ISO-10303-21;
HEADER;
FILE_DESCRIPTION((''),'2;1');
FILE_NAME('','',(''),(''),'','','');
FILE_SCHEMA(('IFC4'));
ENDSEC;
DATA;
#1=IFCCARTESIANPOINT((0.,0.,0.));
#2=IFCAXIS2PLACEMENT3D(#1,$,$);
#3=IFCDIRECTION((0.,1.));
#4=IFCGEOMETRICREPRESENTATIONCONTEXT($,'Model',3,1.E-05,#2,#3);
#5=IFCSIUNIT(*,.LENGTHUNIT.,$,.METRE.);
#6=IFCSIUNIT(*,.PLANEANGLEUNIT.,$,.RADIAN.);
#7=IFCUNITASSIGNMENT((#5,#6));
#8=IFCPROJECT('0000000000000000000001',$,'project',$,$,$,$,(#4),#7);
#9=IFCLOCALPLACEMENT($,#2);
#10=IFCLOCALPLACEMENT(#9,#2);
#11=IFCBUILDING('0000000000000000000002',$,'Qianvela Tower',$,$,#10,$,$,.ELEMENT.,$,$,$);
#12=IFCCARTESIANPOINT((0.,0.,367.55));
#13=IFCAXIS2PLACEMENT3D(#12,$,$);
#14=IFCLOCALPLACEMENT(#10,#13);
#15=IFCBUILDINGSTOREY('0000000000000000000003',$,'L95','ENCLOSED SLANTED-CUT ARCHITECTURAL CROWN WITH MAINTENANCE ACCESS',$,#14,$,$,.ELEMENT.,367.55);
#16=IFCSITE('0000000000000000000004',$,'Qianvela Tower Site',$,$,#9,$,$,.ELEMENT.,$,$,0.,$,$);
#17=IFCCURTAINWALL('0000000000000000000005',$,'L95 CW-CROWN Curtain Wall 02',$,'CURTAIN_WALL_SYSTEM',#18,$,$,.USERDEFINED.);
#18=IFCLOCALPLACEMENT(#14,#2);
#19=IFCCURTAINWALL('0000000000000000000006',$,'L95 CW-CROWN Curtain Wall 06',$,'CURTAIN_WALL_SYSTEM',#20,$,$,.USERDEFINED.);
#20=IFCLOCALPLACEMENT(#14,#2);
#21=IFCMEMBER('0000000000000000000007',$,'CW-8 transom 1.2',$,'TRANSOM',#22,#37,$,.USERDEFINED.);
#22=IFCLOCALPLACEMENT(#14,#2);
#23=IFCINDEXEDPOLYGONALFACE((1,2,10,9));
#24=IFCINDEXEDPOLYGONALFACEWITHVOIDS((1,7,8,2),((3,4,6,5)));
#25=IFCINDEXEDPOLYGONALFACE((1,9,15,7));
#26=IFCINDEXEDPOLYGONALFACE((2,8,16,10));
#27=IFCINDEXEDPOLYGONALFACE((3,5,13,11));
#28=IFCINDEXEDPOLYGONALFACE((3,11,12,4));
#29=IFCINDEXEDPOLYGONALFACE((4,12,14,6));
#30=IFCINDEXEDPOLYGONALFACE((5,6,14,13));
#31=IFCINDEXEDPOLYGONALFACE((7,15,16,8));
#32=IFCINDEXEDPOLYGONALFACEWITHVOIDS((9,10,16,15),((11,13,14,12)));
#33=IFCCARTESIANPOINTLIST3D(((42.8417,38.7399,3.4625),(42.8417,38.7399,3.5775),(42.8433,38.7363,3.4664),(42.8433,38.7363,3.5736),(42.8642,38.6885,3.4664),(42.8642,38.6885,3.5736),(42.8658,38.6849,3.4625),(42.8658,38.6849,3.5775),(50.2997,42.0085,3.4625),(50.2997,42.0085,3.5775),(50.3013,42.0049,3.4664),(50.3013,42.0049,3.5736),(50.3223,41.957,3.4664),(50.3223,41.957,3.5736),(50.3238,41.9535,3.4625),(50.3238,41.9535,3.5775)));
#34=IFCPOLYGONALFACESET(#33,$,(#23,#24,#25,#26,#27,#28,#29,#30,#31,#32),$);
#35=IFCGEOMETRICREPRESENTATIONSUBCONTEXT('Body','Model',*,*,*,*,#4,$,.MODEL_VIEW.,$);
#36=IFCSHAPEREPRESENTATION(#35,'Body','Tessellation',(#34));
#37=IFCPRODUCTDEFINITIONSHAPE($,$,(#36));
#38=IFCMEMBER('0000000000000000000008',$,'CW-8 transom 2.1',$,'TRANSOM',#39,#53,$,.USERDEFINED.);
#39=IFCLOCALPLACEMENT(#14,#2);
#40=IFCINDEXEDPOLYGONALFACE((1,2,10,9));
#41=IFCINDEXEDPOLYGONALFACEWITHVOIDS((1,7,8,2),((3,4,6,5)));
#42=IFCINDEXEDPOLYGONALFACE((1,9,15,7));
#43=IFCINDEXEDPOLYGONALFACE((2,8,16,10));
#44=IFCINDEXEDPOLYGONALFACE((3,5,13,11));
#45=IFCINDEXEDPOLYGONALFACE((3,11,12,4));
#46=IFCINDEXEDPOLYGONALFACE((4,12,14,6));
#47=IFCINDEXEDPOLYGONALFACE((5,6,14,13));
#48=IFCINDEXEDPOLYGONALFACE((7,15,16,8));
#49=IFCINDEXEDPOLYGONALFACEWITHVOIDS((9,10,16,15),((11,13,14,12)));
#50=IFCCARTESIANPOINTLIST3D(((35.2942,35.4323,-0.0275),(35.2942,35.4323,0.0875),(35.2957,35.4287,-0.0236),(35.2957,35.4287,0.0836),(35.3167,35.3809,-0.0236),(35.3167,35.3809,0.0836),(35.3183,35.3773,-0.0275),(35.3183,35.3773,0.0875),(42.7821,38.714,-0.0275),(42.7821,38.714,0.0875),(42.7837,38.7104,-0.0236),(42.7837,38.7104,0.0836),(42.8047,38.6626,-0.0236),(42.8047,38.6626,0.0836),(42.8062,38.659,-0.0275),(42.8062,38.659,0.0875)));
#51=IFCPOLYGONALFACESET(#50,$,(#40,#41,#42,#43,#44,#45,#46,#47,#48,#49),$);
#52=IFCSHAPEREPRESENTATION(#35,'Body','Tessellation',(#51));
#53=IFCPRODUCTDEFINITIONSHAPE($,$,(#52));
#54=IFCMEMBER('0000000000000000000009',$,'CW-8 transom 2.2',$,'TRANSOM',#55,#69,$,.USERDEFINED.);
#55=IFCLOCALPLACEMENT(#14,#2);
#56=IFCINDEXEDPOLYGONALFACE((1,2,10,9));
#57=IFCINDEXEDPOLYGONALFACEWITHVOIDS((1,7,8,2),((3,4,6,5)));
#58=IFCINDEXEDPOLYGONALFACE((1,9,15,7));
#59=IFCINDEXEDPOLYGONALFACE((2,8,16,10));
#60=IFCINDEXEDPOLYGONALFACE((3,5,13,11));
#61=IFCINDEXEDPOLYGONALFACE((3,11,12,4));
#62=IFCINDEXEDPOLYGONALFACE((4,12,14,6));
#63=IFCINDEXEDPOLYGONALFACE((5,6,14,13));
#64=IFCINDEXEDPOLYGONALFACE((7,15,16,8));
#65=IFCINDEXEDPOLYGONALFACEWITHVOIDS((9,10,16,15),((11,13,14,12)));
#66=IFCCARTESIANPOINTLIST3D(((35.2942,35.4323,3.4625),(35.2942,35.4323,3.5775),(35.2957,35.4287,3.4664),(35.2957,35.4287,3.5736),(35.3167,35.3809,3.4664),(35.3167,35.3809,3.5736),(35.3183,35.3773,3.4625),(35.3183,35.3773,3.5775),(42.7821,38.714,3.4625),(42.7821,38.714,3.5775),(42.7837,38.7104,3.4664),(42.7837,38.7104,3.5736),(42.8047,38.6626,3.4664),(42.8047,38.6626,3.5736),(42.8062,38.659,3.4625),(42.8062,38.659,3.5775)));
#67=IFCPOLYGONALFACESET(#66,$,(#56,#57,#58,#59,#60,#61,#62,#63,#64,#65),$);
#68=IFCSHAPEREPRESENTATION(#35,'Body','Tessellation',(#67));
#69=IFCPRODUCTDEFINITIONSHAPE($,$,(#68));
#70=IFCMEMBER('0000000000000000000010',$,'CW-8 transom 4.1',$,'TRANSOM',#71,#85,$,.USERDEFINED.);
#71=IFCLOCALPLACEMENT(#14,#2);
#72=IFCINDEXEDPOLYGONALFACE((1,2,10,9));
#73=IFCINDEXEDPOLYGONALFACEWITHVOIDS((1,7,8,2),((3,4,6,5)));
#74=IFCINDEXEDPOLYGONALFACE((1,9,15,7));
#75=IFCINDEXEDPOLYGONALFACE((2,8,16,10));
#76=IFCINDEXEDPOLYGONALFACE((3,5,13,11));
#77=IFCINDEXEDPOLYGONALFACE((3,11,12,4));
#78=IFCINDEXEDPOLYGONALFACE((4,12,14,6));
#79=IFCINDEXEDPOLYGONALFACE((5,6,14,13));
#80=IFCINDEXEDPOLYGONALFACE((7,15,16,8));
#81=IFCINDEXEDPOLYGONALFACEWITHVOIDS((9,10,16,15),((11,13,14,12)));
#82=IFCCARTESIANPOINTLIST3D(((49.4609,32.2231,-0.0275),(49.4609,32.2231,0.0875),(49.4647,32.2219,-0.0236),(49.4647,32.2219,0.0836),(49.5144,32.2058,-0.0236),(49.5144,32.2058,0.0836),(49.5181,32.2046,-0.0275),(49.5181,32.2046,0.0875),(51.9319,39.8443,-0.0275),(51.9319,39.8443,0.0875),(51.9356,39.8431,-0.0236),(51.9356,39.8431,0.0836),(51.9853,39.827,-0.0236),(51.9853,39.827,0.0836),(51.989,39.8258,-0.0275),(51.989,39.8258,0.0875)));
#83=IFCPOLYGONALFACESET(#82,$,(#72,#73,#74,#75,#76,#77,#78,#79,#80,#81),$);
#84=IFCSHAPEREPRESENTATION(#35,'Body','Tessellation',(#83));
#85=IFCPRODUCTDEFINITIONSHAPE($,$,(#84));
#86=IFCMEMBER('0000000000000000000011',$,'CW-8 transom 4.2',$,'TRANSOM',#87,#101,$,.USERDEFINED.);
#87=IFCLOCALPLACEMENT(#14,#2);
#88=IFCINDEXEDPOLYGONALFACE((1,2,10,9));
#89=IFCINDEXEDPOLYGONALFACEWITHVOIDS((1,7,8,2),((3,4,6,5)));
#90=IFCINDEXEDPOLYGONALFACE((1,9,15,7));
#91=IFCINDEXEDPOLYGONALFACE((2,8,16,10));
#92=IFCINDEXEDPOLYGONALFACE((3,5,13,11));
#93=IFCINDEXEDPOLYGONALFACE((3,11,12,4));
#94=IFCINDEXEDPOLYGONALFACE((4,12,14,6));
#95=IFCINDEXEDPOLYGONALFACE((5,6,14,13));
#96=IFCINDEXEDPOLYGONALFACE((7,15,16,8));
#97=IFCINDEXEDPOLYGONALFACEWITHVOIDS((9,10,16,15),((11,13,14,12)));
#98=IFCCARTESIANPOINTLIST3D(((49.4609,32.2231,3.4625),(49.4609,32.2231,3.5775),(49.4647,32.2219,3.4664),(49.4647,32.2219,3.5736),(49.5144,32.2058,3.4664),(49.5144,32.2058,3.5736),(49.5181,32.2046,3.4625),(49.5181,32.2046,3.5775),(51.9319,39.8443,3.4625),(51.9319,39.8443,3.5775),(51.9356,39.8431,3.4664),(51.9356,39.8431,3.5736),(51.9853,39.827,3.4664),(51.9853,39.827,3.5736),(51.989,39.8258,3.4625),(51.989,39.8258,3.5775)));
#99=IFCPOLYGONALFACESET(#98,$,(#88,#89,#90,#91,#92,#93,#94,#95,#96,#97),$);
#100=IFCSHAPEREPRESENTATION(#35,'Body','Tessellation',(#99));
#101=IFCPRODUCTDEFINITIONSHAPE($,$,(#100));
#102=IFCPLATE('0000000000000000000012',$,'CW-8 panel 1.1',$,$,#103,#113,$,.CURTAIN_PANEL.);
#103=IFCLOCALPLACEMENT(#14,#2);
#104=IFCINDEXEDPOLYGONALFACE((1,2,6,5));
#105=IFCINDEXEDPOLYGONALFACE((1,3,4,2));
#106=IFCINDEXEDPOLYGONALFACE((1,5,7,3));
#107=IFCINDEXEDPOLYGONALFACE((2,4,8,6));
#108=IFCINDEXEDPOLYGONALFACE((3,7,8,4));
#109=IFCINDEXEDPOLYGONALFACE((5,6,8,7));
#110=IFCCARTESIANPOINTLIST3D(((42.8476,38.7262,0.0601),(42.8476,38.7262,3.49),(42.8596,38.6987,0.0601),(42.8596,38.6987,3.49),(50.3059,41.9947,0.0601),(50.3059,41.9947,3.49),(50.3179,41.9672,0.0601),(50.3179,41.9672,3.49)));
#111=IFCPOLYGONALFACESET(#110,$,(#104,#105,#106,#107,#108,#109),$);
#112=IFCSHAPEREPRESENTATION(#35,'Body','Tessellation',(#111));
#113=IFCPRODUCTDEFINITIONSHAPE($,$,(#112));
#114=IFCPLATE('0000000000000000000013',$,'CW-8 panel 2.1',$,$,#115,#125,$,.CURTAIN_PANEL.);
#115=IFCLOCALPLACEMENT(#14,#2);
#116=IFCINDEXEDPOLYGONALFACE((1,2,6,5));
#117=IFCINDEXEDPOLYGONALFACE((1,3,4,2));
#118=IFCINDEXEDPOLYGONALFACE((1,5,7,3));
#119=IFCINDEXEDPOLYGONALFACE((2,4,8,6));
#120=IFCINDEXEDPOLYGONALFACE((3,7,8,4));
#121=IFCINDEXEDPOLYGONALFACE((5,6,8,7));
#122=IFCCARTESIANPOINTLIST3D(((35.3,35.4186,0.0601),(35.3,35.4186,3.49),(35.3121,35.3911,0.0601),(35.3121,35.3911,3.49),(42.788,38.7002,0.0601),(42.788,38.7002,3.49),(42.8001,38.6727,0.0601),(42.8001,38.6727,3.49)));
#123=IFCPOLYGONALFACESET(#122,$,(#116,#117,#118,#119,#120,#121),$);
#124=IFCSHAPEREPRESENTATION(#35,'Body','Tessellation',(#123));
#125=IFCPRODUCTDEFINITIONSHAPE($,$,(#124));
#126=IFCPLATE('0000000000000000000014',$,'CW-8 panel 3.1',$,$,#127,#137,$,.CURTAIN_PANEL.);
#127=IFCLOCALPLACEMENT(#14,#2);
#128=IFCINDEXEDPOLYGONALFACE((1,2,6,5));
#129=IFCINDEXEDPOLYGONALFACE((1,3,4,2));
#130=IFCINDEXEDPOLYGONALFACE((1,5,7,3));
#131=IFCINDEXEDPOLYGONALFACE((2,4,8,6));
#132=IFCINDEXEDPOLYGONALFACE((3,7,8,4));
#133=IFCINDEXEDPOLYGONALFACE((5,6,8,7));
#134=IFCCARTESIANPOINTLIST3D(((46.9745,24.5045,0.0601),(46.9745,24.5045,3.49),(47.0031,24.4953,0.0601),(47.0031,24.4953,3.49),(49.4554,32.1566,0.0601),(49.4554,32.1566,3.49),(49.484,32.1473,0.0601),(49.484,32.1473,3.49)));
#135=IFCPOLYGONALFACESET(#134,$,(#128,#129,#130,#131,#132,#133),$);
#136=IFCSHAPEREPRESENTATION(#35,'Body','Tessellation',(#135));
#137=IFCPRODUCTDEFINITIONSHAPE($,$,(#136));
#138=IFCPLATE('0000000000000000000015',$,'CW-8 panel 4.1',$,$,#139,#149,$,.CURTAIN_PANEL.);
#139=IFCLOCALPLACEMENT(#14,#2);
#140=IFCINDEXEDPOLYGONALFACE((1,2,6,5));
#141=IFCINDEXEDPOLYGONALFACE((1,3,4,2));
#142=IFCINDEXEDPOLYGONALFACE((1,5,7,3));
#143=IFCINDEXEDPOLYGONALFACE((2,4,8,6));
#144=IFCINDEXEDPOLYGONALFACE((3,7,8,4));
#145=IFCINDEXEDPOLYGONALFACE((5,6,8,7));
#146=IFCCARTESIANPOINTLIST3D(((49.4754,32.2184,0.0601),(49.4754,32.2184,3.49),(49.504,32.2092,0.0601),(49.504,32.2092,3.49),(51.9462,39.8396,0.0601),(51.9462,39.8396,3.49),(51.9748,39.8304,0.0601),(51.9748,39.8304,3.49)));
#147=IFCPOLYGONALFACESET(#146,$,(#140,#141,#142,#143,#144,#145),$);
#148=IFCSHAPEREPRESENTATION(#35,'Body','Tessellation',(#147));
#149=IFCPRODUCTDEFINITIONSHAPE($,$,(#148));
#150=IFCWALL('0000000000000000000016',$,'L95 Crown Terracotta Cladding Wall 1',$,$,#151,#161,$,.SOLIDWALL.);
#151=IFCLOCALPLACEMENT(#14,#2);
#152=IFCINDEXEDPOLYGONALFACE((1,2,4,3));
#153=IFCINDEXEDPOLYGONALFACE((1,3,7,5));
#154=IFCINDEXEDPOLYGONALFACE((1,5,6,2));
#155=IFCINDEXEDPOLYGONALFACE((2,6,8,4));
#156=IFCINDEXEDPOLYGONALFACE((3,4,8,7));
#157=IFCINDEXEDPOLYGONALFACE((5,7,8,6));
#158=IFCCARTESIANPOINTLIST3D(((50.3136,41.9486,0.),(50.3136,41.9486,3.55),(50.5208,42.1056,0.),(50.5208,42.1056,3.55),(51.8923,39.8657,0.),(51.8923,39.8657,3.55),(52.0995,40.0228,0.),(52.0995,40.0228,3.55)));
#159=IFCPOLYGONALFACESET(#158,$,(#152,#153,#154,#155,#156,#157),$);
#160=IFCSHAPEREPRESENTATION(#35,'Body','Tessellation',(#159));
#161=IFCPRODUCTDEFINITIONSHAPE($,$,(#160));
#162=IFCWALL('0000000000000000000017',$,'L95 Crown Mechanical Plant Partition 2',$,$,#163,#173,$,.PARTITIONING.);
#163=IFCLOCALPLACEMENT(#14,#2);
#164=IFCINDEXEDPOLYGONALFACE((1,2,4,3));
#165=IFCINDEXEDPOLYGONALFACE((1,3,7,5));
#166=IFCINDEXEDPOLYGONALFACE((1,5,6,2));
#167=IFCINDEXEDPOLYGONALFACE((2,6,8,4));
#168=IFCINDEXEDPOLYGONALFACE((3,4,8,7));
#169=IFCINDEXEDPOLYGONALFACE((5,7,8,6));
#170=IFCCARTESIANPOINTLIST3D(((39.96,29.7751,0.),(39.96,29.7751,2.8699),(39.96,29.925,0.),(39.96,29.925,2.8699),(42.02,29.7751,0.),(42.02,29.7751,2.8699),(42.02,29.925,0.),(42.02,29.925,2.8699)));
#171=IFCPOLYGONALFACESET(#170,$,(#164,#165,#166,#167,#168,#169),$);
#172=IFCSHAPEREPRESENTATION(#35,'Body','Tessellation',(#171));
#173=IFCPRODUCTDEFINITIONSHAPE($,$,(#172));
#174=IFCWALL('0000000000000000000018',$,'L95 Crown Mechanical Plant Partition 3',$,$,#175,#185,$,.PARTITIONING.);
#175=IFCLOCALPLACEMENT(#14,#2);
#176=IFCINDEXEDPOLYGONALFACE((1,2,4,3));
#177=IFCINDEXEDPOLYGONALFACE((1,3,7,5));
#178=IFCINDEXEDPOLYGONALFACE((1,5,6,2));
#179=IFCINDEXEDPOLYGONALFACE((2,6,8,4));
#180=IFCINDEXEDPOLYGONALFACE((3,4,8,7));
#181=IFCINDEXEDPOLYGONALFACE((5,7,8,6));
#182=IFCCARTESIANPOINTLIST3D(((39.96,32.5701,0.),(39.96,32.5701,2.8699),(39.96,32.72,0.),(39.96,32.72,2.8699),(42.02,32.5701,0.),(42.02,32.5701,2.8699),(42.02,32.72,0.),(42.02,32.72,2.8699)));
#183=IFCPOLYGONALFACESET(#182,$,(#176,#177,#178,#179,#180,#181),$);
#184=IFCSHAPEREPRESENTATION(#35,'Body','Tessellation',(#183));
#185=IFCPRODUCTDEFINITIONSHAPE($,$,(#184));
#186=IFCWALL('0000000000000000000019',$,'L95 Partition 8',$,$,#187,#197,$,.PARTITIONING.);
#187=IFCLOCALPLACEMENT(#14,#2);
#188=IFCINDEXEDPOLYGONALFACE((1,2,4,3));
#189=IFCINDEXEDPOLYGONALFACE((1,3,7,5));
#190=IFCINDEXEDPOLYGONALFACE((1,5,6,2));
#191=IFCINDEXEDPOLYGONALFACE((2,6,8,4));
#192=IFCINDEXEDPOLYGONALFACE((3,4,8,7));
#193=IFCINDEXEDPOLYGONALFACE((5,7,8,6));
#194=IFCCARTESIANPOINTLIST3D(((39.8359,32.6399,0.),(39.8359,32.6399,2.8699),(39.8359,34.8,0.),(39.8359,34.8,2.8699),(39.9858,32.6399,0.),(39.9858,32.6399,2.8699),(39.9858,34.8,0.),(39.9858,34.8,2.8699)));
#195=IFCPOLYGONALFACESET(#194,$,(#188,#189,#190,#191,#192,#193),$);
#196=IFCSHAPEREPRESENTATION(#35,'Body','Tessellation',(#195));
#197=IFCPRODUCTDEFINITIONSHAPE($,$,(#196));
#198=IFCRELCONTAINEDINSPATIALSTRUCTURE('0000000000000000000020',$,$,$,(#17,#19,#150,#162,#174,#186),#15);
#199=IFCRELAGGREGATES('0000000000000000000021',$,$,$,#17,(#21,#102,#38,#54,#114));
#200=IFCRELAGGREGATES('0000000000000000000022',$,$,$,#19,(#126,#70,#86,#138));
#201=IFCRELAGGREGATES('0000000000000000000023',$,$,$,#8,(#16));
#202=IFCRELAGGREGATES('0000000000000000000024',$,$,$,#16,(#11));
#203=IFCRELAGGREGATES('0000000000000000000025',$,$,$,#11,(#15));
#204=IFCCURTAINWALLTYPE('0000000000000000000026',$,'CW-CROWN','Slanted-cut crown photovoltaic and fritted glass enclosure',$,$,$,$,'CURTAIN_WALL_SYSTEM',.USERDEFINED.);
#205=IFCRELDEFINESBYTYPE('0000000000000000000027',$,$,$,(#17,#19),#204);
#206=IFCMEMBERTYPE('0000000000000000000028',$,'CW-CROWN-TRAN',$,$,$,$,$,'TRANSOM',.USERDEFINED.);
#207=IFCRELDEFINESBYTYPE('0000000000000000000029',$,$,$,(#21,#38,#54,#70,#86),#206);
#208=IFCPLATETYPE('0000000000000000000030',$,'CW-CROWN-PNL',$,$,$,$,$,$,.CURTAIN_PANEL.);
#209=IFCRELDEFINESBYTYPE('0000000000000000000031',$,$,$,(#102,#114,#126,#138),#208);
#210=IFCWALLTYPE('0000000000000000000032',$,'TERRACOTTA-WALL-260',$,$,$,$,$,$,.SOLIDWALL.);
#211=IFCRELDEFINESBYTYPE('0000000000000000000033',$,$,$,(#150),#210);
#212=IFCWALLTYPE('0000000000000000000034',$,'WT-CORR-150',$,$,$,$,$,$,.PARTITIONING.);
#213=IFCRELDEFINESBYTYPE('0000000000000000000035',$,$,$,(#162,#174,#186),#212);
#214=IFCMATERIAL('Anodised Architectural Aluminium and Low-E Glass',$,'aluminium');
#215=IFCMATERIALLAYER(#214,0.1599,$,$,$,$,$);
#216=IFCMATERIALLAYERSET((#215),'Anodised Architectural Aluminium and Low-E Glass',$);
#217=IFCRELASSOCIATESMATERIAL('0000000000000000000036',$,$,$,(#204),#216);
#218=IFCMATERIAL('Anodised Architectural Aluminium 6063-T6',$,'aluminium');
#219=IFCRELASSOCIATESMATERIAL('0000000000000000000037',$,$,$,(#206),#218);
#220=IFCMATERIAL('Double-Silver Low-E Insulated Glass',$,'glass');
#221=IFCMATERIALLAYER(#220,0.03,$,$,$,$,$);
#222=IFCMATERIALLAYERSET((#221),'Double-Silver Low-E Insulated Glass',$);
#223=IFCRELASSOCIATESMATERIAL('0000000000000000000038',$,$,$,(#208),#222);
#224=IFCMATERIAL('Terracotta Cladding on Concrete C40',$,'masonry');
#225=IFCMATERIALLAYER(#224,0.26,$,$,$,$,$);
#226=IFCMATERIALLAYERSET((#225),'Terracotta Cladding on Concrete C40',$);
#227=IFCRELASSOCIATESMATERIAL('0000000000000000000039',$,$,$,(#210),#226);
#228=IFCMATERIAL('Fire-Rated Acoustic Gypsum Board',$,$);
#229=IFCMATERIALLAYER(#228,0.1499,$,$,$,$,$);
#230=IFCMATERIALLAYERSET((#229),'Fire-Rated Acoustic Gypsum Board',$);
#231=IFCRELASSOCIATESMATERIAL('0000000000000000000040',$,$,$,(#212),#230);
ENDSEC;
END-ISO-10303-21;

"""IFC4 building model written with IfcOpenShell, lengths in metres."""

from ifc_helpers import new_model, si_unit, direction, frame, frame_2d, origin, origin_2d, place, context, subcontext, project, spatial, rectangle, hollow_rectangle, extrude, material, layer, layer_set, material_profile, profile_set, type_object, element, aggregate, save


model = new_model("IFC4")

# Units and contexts
model_context = context("Model", 3, precision=1e-05, world=origin(), true_north=direction((0.0, 1.0)))
body_context = subcontext(model_context, "Body", "Model", "MODEL_VIEW")
ifc_project = project(units=[si_unit("LENGTHUNIT", "METRE"), si_unit("PLANEANGLEUNIT", "RADIAN")], contexts=[model_context])

# Site, building, storey
site_placement = place(None, origin())
site = spatial("IfcSite", under=ifc_project, at=site_placement, Name="Qianvela Tower Site", CompositionType="ELEMENT", RefElevation=0.0)
building_placement = place(site_placement, origin())
building = spatial("IfcBuilding", under=site, at=building_placement, Name="Qianvela Tower", CompositionType="ELEMENT")
storey_placement = place(building_placement, frame((0.0, 0.0, 367.55)))
storey = spatial("IfcBuildingStorey", under=building, at=storey_placement, Name="L95", Description="ENCLOSED SLANTED-CUT ARCHITECTURAL CROWN WITH MAINTENANCE ACCESS", CompositionType="ELEMENT", Elevation=367.55)

# Curtain walls
ifc_material_1 = material(Name="Anodised Architectural Aluminium and Low-E Glass", Category="aluminium")
ifc_layer_1 = layer(ifc_material_1, 0.1599)
ifc_layer_set_1 = layer_set([ifc_layer_1], Name="Anodised Architectural Aluminium and Low-E Glass")
curtain_wall_type = type_object("IfcCurtainWallType", Name="CW-CROWN", Description="Slanted-cut crown photovoltaic and fritted glass enclosure", ElementType="CURTAIN_WALL_SYSTEM", PredefinedType="USERDEFINED", material=ifc_layer_set_1)
curtain_wall_1_placement = place(storey_placement, origin())
curtain_wall_1 = element("IfcCurtainWall", 1, at=curtain_wall_1_placement, inside=storey, type_object=curtain_wall_type, Name="L95 CW-CROWN Curtain Wall 02", ObjectType="CURTAIN_WALL_SYSTEM", PredefinedType="USERDEFINED")
curtain_wall_2_placement = place(storey_placement, origin())
curtain_wall_2 = element("IfcCurtainWall", 2, at=curtain_wall_2_placement, inside=storey, type_object=curtain_wall_type, Name="L95 CW-CROWN Curtain Wall 06", ObjectType="CURTAIN_WALL_SYSTEM", PredefinedType="USERDEFINED")

# Members
ifc_material_2 = material(Name="Anodised Architectural Aluminium 6063-T6", Category="aluminium")
ifc_material_profile_1 = material_profile(ifc_material_2, hollow_rectangle(XDim=0.0601, YDim=0.115, WallThickness=0.0039, at=origin_2d()), Name="ALU-TRAN-60x115")
ifc_profile_set_1 = profile_set([ifc_material_profile_1], Name="Anodised Architectural Aluminium 6063-T6")
member_type_1 = type_object("IfcMemberType", Name="CW-CROWN-TRAN", ElementType="TRANSOM", PredefinedType="USERDEFINED", material=ifc_profile_set_1)
member_1_placement = place(storey_placement, frame((50.3118, 41.981, 3.52), z_axis=(-0.915901, -0.401404, 0.0), x_axis=(0.401404, -0.915901, 0.0)))
member_1 = element("IfcMember", 3, at=member_1_placement, type_object=member_type_1, Name="CW-8 transom 1.2", ObjectType="TRANSOM", PredefinedType="USERDEFINED", context=body_context, shape_type="SweptSolid", body=[
    extrude(hollow_rectangle(XDim=0.0601, YDim=0.115, WallThickness=0.0039, at=origin_2d()), origin(), (0.0, 0.0, 1.0), 8.1428),
])
member_2_placement = place(storey_placement, frame((42.7942, 38.6865, 0.03), z_axis=(-0.9159, -0.401406, 0.0), x_axis=(0.401406, -0.9159, 0.0)))
member_2 = element("IfcMember", 4, at=member_2_placement, type_object=member_type_1, Name="CW-8 transom 2.1", ObjectType="TRANSOM", PredefinedType="USERDEFINED", context=body_context, shape_type="SweptSolid", body=[
    extrude(hollow_rectangle(XDim=0.0601, YDim=0.115, WallThickness=0.0039, at=origin_2d()), origin(), (0.0, 0.0, 1.0), 8.1755),
])
member_3_placement = place(storey_placement, frame((42.7942, 38.6865, 3.52), z_axis=(-0.9159, -0.401406, 0.0), x_axis=(0.401406, -0.9159, 0.0)))
member_3 = element("IfcMember", 5, at=member_3_placement, type_object=member_type_1, Name="CW-8 transom 2.2", ObjectType="TRANSOM", PredefinedType="USERDEFINED", context=body_context, shape_type="SweptSolid", body=[
    extrude(hollow_rectangle(XDim=0.0601, YDim=0.115, WallThickness=0.0039, at=origin_2d()), origin(), (0.0, 0.0, 1.0), 8.1755),
])
member_4_placement = place(storey_placement, frame((49.4895, 32.2139, 0.03), z_axis=(0.308419, 0.951251, 0.0), x_axis=(-0.951251, 0.308419, 0.0)))
member_4 = element("IfcMember", 6, at=member_4_placement, type_object=member_type_1, Name="CW-8 transom 4.1", ObjectType="TRANSOM", PredefinedType="USERDEFINED", context=body_context, shape_type="SweptSolid", body=[
    extrude(hollow_rectangle(XDim=0.0601, YDim=0.115, WallThickness=0.0039, at=origin_2d()), origin(), (0.0, 0.0, 1.0), 8.0117),
])
member_5_placement = place(storey_placement, frame((49.4895, 32.2139, 3.52), z_axis=(0.308419, 0.951251, 0.0), x_axis=(-0.951251, 0.308419, 0.0)))
member_5 = element("IfcMember", 7, at=member_5_placement, type_object=member_type_1, Name="CW-8 transom 4.2", ObjectType="TRANSOM", PredefinedType="USERDEFINED", context=body_context, shape_type="SweptSolid", body=[
    extrude(hollow_rectangle(XDim=0.0601, YDim=0.115, WallThickness=0.0039, at=origin_2d()), origin(), (0.0, 0.0, 1.0), 8.0117),
])

# Plates
ifc_material_3 = material(Name="Double-Silver Low-E Insulated Glass", Category="glass")
ifc_layer_2 = layer(ifc_material_3, 0.03)
ifc_layer_set_2 = layer_set([ifc_layer_2], Name="Double-Silver Low-E Insulated Glass")
plate_type = type_object("IfcPlateType", Name="CW-CROWN-PNL", PredefinedType="CURTAIN_PANEL", material=ifc_layer_set_2)
plate_1_placement = place(storey_placement, frame((46.5828, 40.3467, 0.0601), z_axis=(0.0, 0.0, 1.0), x_axis=(-0.915907, -0.40139, 0.0)))
plate_1 = element("IfcPlate", 8, at=plate_1_placement, type_object=plate_type, Name="CW-8 panel 1.1", PredefinedType="CURTAIN_PANEL", context=body_context, shape_type="SweptSolid", body=[
    extrude(rectangle(XDim=8.1431, YDim=0.03, at=origin_2d()), origin(), (0.0, 0.0, 1.0), 3.4299),
])
plate_2_placement = place(storey_placement, frame((39.05, 37.0457, 0.0601), z_axis=(0.0, 0.0, 1.0), x_axis=(-0.915907, -0.40139, 0.0)))
plate_2 = element("IfcPlate", 9, at=plate_2_placement, type_object=plate_type, Name="CW-8 panel 2.1", PredefinedType="CURTAIN_PANEL", context=body_context, shape_type="SweptSolid", body=[
    extrude(rectangle(XDim=8.1755, YDim=0.03, at=origin_2d()), origin(), (0.0, 0.0, 1.0), 3.4299),
])
aggregate(curtain_wall_1, [member_1, plate_1, member_2, member_3, plate_2])
plate_3_placement = place(storey_placement, frame((48.2292, 28.3259, 0.0601), z_axis=(0.0, 0.0, 1.0), x_axis=(0.308404, 0.951256, 0.0)))
plate_3 = element("IfcPlate", 10, at=plate_3_placement, type_object=plate_type, Name="CW-8 panel 3.1", PredefinedType="CURTAIN_PANEL", context=body_context, shape_type="SweptSolid", body=[
    extrude(rectangle(XDim=8.0442, YDim=0.03, at=origin_2d()), origin(), (0.0, 0.0, 1.0), 3.4299),
])
plate_4_placement = place(storey_placement, frame((50.7251, 36.0244, 0.0601), z_axis=(0.0, 0.0, 1.0), x_axis=(0.308404, 0.951256, 0.0)))
plate_4 = element("IfcPlate", 11, at=plate_4_placement, type_object=plate_type, Name="CW-8 panel 4.1", PredefinedType="CURTAIN_PANEL", context=body_context, shape_type="SweptSolid", body=[
    extrude(rectangle(XDim=8.0117, YDim=0.03, at=origin_2d()), origin(), (0.0, 0.0, 1.0), 3.4299),
])
aggregate(curtain_wall_2, [plate_3, member_4, member_5, plate_4])

# Wall
ifc_material_4 = material(Name="Terracotta Cladding on Concrete C40", Category="masonry")
ifc_layer_3 = layer(ifc_material_4, 0.26)
ifc_layer_set_3 = layer_set([ifc_layer_3], Name="Terracotta Cladding on Concrete C40")
wall_type_1 = type_object("IfcWallType", Name="TERRACOTTA-WALL-260", PredefinedType="SOLIDWALL", material=ifc_layer_set_3)
wall_1_placement = place(storey_placement, frame((51.9958, 39.9443, 0.0), z_axis=(0.0, 0.0, 1.0), x_axis=(-0.604043, 0.796952, 0.0)))
element("IfcWall", 12, at=wall_1_placement, inside=storey, type_object=wall_type_1, Name="L95 Crown Terracotta Cladding Wall 1", PredefinedType="SOLIDWALL", context=body_context, shape_type="SweptSolid", body=[
    extrude(rectangle(XDim=2.6135, YDim=0.26, at=frame_2d((1.3066, 0.0))), origin(), (0.0, 0.0, 1.0), 3.55),
])

# Shared definitions
ifc_material_5 = material(Name="Fire-Rated Acoustic Gypsum Board")
ifc_layer_4 = layer(ifc_material_5, 0.1499)
ifc_layer_set_4 = layer_set([ifc_layer_4], Name="Fire-Rated Acoustic Gypsum Board")
wall_type_2 = type_object("IfcWallType", Name="WT-CORR-150", PredefinedType="PARTITIONING", material=ifc_layer_set_4)

# Walls
for number, where, z_axis, x_axis, name in (
    (13, (39.96, 29.8501, 0.0), (0.0, 0.0, 1.0), (1.0, 0.0, 0.0), "L95 Crown Mechanical Plant Partition 2"),
    (14, (39.96, 32.645, 0.0), (0.0, 0.0, 1.0), (1.0, 0.0, 0.0), "L95 Crown Mechanical Plant Partition 3"),
):
    element("IfcWall", number, at=place(storey_placement, frame(where, z_axis=z_axis, x_axis=x_axis)), inside=storey, type_object=wall_type_2, Name=name, PredefinedType="PARTITIONING", context=body_context, shape_type="SweptSolid", body=[
        extrude(rectangle(XDim=2.0601, YDim=0.1499, at=frame_2d((1.03, 0.0))), origin(), (0.0, 0.0, 1.0), 2.8699),
    ])
wall_2_placement = place(storey_placement, frame((39.9109, 32.6399, 0.0), z_axis=(0.0, 0.0, 1.0), x_axis=(0.0, 1.0, 0.0)))
element("IfcWall", 15, at=wall_2_placement, inside=storey, type_object=wall_type_2, Name="L95 Partition 8", PredefinedType="PARTITIONING", context=body_context, shape_type="SweptSolid", body=[
    extrude(rectangle(XDim=2.1602, YDim=0.1499, at=frame_2d((1.0801, 0.0))), origin(), (0.0, 0.0, 1.0), 2.8699),
])

save(model, "model.ifc")
